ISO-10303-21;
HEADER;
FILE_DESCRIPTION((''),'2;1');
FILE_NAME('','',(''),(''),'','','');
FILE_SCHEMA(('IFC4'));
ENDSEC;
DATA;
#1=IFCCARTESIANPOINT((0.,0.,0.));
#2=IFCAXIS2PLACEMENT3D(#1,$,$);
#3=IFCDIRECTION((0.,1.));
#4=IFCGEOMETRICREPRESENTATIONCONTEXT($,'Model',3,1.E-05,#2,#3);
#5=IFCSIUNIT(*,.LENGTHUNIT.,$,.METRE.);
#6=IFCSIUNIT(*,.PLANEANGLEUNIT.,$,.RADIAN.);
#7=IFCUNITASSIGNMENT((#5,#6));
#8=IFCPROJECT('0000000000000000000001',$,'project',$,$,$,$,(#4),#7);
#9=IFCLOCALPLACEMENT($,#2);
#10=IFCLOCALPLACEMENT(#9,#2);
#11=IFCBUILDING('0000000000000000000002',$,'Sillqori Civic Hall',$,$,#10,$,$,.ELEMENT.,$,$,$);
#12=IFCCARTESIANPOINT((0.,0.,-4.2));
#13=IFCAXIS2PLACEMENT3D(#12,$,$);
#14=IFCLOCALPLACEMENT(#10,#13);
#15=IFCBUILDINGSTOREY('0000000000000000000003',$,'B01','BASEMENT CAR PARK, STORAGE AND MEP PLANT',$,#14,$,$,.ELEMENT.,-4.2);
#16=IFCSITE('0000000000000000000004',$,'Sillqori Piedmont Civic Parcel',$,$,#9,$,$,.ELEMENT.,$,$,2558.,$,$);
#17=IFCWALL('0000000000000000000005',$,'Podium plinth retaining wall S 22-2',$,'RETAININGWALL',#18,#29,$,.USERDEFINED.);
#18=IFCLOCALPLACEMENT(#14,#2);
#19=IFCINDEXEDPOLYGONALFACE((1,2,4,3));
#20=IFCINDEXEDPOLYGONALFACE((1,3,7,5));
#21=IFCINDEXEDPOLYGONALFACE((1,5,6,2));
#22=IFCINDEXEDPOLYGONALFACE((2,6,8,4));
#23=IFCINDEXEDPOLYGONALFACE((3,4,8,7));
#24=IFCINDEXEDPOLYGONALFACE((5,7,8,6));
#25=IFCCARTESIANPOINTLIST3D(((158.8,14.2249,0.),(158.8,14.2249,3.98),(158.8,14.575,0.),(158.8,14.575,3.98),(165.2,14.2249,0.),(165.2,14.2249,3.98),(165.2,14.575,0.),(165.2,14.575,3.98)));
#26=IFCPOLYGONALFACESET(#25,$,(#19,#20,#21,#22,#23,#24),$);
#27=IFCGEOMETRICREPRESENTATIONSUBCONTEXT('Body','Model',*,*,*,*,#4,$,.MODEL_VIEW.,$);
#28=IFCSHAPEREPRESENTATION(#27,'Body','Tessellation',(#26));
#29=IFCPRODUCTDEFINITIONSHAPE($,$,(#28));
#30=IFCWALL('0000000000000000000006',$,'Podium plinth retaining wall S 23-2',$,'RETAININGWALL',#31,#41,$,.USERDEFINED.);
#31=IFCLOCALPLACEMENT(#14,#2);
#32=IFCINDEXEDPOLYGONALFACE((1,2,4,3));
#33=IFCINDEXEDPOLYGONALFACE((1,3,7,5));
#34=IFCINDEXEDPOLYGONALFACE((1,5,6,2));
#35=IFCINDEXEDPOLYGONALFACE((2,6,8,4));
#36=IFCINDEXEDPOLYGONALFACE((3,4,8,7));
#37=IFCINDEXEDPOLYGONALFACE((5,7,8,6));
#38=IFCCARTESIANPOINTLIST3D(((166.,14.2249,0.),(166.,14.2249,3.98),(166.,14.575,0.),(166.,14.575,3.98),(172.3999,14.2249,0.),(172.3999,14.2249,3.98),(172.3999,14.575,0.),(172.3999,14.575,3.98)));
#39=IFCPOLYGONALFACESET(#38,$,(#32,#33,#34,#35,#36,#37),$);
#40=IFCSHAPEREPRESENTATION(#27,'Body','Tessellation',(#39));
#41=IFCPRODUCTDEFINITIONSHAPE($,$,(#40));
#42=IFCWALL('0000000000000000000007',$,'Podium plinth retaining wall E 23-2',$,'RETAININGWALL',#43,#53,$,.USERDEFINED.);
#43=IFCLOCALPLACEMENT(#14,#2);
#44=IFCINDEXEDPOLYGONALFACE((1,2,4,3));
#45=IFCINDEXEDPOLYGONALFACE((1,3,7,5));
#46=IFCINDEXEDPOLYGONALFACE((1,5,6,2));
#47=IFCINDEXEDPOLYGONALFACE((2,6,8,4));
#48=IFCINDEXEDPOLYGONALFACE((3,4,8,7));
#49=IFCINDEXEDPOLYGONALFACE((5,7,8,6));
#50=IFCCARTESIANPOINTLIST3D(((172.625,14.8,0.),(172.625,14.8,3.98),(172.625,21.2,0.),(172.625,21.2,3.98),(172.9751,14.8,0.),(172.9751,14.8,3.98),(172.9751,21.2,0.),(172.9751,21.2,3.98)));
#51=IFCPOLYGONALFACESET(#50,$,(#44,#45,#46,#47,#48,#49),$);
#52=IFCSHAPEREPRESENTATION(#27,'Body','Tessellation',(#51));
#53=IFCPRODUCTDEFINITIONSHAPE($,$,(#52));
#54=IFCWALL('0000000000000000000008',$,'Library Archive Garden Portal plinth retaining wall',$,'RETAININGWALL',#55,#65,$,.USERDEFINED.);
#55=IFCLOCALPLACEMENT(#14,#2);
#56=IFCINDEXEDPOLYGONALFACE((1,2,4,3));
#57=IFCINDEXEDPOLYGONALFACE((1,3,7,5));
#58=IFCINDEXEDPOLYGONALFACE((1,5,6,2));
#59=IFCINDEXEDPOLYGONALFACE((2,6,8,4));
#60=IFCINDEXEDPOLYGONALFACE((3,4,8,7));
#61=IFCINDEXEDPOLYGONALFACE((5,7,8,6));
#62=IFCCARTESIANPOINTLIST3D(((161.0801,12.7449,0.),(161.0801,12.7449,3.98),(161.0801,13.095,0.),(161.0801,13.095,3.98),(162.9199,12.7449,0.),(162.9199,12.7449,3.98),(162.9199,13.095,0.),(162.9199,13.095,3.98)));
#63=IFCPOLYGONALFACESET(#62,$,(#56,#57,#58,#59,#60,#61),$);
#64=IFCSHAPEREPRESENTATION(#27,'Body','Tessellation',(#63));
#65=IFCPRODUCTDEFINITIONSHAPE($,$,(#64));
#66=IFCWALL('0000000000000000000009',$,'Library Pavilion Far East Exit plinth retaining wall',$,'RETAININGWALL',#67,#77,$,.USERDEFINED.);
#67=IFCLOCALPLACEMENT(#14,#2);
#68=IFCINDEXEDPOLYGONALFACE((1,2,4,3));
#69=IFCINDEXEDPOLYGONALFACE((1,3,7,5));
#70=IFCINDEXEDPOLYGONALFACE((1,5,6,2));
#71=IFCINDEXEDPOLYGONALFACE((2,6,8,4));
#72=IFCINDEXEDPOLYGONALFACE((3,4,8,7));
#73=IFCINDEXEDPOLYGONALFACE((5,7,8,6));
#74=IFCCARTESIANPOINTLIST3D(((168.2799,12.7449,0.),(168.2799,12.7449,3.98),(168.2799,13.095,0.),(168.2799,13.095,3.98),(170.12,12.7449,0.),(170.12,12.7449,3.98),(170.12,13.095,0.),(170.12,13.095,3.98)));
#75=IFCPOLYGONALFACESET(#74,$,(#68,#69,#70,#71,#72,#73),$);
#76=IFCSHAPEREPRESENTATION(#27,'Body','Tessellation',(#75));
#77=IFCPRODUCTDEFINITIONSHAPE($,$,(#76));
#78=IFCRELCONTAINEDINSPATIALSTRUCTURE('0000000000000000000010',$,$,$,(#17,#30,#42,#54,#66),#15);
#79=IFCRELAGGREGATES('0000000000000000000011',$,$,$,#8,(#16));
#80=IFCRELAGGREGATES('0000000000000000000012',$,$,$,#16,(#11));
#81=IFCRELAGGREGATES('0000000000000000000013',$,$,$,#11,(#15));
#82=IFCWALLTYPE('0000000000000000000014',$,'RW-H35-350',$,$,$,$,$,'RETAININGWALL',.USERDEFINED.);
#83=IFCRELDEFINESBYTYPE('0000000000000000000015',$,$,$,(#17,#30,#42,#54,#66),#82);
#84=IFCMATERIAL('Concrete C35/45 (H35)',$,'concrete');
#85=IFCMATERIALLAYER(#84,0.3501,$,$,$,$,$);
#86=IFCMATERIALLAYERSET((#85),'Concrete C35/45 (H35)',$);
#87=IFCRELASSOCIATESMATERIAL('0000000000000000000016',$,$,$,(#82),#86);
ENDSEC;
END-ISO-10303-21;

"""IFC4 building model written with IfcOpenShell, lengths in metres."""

from ifc_helpers import new_model, si_unit, direction, frame, frame_2d, origin, place, context, subcontext, project, spatial, rectangle, extrude, material, layer, layer_set, type_object, element, save


model = new_model("IFC4")

# Units and contexts
model_context = context("Model", 3, precision=1e-05, world=origin(), true_north=direction((0.0, 1.0)))
body_context = subcontext(model_context, "Body", "Model", "MODEL_VIEW")
ifc_project = project(units=[si_unit("LENGTHUNIT", "METRE"), si_unit("PLANEANGLEUNIT", "RADIAN")], contexts=[model_context])

# Site, building, storey
site_placement = place(None, origin())
site = spatial("IfcSite", under=ifc_project, at=site_placement, Name="Sillqori Piedmont Civic Parcel", CompositionType="ELEMENT", RefElevation=2558.0)
building_placement = place(site_placement, origin())
building = spatial("IfcBuilding", under=site, at=building_placement, Name="Sillqori Civic Hall", CompositionType="ELEMENT")
storey_placement = place(building_placement, frame((0.0, 0.0, -4.2)))
storey = spatial("IfcBuildingStorey", under=building, at=storey_placement, Name="B01", Description="BASEMENT CAR PARK, STORAGE AND MEP PLANT", CompositionType="ELEMENT", Elevation=-4.2)

# Shared definitions
ifc_material = material(Name="Concrete C35/45 (H35)", Category="concrete")

# Walls
ifc_layer = layer(ifc_material, 0.3501)
ifc_layer_set = layer_set([ifc_layer], Name="Concrete C35/45 (H35)")
wall_type = type_object("IfcWallType", Name="RW-H35-350", ElementType="RETAININGWALL", PredefinedType="USERDEFINED", material=ifc_layer_set)
for number, where, z_axis, x_axis, name in (
    (1, (158.8, 14.3999, 0.0), (0.0, 0.0, 1.0), (1.0, 0.0, 0.0), "Podium plinth retaining wall S 22-2"),
    (2, (166.0, 14.3999, 0.0), (0.0, 0.0, 1.0), (1.0, 0.0, 0.0), "Podium plinth retaining wall S 23-2"),
    (3, (172.8, 14.8, 0.0), (0.0, 0.0, 1.0), (0.0, 1.0, 0.0), "Podium plinth retaining wall E 23-2"),
):
    element("IfcWall", number, at=place(storey_placement, frame(where, z_axis=z_axis, x_axis=x_axis)), inside=storey, type_object=wall_type, Name=name, ObjectType="RETAININGWALL", PredefinedType="USERDEFINED", context=body_context, shape_type="SweptSolid", body=[
        extrude(rectangle(XDim=6.3999, YDim=0.3501, at=frame_2d((3.2, 0.0))), origin(), (0.0, 0.0, 1.0), 3.98),
    ])
wall_1_placement = place(storey_placement, frame((161.0801, 12.9199, 0.0), z_axis=(0.0, 0.0, 1.0), x_axis=(1.0, 0.0, 0.0)))
element("IfcWall", 4, at=wall_1_placement, inside=storey, type_object=wall_type, Name="Library Archive Garden Portal plinth retaining wall", ObjectType="RETAININGWALL", PredefinedType="USERDEFINED", context=body_context, shape_type="SweptSolid", body=[
    extrude(rectangle(XDim=1.8398, YDim=0.3501, at=frame_2d((0.9199, 0.0))), origin(), (0.0, 0.0, 1.0), 3.98),
])
wall_2_placement = place(storey_placement, frame((168.28, 12.9199, 0.0), z_axis=(0.0, 0.0, 1.0), x_axis=(1.0, 0.0, 0.0)))
element("IfcWall", 5, at=wall_2_placement, inside=storey, type_object=wall_type, Name="Library Pavilion Far East Exit plinth retaining wall", ObjectType="RETAININGWALL", PredefinedType="USERDEFINED", context=body_context, shape_type="SweptSolid", body=[
    extrude(rectangle(XDim=1.8401, YDim=0.3501, at=frame_2d((0.9199, 0.0))), origin(), (0.0, 0.0, 1.0), 3.98),
])

save(model, "model.ifc")
